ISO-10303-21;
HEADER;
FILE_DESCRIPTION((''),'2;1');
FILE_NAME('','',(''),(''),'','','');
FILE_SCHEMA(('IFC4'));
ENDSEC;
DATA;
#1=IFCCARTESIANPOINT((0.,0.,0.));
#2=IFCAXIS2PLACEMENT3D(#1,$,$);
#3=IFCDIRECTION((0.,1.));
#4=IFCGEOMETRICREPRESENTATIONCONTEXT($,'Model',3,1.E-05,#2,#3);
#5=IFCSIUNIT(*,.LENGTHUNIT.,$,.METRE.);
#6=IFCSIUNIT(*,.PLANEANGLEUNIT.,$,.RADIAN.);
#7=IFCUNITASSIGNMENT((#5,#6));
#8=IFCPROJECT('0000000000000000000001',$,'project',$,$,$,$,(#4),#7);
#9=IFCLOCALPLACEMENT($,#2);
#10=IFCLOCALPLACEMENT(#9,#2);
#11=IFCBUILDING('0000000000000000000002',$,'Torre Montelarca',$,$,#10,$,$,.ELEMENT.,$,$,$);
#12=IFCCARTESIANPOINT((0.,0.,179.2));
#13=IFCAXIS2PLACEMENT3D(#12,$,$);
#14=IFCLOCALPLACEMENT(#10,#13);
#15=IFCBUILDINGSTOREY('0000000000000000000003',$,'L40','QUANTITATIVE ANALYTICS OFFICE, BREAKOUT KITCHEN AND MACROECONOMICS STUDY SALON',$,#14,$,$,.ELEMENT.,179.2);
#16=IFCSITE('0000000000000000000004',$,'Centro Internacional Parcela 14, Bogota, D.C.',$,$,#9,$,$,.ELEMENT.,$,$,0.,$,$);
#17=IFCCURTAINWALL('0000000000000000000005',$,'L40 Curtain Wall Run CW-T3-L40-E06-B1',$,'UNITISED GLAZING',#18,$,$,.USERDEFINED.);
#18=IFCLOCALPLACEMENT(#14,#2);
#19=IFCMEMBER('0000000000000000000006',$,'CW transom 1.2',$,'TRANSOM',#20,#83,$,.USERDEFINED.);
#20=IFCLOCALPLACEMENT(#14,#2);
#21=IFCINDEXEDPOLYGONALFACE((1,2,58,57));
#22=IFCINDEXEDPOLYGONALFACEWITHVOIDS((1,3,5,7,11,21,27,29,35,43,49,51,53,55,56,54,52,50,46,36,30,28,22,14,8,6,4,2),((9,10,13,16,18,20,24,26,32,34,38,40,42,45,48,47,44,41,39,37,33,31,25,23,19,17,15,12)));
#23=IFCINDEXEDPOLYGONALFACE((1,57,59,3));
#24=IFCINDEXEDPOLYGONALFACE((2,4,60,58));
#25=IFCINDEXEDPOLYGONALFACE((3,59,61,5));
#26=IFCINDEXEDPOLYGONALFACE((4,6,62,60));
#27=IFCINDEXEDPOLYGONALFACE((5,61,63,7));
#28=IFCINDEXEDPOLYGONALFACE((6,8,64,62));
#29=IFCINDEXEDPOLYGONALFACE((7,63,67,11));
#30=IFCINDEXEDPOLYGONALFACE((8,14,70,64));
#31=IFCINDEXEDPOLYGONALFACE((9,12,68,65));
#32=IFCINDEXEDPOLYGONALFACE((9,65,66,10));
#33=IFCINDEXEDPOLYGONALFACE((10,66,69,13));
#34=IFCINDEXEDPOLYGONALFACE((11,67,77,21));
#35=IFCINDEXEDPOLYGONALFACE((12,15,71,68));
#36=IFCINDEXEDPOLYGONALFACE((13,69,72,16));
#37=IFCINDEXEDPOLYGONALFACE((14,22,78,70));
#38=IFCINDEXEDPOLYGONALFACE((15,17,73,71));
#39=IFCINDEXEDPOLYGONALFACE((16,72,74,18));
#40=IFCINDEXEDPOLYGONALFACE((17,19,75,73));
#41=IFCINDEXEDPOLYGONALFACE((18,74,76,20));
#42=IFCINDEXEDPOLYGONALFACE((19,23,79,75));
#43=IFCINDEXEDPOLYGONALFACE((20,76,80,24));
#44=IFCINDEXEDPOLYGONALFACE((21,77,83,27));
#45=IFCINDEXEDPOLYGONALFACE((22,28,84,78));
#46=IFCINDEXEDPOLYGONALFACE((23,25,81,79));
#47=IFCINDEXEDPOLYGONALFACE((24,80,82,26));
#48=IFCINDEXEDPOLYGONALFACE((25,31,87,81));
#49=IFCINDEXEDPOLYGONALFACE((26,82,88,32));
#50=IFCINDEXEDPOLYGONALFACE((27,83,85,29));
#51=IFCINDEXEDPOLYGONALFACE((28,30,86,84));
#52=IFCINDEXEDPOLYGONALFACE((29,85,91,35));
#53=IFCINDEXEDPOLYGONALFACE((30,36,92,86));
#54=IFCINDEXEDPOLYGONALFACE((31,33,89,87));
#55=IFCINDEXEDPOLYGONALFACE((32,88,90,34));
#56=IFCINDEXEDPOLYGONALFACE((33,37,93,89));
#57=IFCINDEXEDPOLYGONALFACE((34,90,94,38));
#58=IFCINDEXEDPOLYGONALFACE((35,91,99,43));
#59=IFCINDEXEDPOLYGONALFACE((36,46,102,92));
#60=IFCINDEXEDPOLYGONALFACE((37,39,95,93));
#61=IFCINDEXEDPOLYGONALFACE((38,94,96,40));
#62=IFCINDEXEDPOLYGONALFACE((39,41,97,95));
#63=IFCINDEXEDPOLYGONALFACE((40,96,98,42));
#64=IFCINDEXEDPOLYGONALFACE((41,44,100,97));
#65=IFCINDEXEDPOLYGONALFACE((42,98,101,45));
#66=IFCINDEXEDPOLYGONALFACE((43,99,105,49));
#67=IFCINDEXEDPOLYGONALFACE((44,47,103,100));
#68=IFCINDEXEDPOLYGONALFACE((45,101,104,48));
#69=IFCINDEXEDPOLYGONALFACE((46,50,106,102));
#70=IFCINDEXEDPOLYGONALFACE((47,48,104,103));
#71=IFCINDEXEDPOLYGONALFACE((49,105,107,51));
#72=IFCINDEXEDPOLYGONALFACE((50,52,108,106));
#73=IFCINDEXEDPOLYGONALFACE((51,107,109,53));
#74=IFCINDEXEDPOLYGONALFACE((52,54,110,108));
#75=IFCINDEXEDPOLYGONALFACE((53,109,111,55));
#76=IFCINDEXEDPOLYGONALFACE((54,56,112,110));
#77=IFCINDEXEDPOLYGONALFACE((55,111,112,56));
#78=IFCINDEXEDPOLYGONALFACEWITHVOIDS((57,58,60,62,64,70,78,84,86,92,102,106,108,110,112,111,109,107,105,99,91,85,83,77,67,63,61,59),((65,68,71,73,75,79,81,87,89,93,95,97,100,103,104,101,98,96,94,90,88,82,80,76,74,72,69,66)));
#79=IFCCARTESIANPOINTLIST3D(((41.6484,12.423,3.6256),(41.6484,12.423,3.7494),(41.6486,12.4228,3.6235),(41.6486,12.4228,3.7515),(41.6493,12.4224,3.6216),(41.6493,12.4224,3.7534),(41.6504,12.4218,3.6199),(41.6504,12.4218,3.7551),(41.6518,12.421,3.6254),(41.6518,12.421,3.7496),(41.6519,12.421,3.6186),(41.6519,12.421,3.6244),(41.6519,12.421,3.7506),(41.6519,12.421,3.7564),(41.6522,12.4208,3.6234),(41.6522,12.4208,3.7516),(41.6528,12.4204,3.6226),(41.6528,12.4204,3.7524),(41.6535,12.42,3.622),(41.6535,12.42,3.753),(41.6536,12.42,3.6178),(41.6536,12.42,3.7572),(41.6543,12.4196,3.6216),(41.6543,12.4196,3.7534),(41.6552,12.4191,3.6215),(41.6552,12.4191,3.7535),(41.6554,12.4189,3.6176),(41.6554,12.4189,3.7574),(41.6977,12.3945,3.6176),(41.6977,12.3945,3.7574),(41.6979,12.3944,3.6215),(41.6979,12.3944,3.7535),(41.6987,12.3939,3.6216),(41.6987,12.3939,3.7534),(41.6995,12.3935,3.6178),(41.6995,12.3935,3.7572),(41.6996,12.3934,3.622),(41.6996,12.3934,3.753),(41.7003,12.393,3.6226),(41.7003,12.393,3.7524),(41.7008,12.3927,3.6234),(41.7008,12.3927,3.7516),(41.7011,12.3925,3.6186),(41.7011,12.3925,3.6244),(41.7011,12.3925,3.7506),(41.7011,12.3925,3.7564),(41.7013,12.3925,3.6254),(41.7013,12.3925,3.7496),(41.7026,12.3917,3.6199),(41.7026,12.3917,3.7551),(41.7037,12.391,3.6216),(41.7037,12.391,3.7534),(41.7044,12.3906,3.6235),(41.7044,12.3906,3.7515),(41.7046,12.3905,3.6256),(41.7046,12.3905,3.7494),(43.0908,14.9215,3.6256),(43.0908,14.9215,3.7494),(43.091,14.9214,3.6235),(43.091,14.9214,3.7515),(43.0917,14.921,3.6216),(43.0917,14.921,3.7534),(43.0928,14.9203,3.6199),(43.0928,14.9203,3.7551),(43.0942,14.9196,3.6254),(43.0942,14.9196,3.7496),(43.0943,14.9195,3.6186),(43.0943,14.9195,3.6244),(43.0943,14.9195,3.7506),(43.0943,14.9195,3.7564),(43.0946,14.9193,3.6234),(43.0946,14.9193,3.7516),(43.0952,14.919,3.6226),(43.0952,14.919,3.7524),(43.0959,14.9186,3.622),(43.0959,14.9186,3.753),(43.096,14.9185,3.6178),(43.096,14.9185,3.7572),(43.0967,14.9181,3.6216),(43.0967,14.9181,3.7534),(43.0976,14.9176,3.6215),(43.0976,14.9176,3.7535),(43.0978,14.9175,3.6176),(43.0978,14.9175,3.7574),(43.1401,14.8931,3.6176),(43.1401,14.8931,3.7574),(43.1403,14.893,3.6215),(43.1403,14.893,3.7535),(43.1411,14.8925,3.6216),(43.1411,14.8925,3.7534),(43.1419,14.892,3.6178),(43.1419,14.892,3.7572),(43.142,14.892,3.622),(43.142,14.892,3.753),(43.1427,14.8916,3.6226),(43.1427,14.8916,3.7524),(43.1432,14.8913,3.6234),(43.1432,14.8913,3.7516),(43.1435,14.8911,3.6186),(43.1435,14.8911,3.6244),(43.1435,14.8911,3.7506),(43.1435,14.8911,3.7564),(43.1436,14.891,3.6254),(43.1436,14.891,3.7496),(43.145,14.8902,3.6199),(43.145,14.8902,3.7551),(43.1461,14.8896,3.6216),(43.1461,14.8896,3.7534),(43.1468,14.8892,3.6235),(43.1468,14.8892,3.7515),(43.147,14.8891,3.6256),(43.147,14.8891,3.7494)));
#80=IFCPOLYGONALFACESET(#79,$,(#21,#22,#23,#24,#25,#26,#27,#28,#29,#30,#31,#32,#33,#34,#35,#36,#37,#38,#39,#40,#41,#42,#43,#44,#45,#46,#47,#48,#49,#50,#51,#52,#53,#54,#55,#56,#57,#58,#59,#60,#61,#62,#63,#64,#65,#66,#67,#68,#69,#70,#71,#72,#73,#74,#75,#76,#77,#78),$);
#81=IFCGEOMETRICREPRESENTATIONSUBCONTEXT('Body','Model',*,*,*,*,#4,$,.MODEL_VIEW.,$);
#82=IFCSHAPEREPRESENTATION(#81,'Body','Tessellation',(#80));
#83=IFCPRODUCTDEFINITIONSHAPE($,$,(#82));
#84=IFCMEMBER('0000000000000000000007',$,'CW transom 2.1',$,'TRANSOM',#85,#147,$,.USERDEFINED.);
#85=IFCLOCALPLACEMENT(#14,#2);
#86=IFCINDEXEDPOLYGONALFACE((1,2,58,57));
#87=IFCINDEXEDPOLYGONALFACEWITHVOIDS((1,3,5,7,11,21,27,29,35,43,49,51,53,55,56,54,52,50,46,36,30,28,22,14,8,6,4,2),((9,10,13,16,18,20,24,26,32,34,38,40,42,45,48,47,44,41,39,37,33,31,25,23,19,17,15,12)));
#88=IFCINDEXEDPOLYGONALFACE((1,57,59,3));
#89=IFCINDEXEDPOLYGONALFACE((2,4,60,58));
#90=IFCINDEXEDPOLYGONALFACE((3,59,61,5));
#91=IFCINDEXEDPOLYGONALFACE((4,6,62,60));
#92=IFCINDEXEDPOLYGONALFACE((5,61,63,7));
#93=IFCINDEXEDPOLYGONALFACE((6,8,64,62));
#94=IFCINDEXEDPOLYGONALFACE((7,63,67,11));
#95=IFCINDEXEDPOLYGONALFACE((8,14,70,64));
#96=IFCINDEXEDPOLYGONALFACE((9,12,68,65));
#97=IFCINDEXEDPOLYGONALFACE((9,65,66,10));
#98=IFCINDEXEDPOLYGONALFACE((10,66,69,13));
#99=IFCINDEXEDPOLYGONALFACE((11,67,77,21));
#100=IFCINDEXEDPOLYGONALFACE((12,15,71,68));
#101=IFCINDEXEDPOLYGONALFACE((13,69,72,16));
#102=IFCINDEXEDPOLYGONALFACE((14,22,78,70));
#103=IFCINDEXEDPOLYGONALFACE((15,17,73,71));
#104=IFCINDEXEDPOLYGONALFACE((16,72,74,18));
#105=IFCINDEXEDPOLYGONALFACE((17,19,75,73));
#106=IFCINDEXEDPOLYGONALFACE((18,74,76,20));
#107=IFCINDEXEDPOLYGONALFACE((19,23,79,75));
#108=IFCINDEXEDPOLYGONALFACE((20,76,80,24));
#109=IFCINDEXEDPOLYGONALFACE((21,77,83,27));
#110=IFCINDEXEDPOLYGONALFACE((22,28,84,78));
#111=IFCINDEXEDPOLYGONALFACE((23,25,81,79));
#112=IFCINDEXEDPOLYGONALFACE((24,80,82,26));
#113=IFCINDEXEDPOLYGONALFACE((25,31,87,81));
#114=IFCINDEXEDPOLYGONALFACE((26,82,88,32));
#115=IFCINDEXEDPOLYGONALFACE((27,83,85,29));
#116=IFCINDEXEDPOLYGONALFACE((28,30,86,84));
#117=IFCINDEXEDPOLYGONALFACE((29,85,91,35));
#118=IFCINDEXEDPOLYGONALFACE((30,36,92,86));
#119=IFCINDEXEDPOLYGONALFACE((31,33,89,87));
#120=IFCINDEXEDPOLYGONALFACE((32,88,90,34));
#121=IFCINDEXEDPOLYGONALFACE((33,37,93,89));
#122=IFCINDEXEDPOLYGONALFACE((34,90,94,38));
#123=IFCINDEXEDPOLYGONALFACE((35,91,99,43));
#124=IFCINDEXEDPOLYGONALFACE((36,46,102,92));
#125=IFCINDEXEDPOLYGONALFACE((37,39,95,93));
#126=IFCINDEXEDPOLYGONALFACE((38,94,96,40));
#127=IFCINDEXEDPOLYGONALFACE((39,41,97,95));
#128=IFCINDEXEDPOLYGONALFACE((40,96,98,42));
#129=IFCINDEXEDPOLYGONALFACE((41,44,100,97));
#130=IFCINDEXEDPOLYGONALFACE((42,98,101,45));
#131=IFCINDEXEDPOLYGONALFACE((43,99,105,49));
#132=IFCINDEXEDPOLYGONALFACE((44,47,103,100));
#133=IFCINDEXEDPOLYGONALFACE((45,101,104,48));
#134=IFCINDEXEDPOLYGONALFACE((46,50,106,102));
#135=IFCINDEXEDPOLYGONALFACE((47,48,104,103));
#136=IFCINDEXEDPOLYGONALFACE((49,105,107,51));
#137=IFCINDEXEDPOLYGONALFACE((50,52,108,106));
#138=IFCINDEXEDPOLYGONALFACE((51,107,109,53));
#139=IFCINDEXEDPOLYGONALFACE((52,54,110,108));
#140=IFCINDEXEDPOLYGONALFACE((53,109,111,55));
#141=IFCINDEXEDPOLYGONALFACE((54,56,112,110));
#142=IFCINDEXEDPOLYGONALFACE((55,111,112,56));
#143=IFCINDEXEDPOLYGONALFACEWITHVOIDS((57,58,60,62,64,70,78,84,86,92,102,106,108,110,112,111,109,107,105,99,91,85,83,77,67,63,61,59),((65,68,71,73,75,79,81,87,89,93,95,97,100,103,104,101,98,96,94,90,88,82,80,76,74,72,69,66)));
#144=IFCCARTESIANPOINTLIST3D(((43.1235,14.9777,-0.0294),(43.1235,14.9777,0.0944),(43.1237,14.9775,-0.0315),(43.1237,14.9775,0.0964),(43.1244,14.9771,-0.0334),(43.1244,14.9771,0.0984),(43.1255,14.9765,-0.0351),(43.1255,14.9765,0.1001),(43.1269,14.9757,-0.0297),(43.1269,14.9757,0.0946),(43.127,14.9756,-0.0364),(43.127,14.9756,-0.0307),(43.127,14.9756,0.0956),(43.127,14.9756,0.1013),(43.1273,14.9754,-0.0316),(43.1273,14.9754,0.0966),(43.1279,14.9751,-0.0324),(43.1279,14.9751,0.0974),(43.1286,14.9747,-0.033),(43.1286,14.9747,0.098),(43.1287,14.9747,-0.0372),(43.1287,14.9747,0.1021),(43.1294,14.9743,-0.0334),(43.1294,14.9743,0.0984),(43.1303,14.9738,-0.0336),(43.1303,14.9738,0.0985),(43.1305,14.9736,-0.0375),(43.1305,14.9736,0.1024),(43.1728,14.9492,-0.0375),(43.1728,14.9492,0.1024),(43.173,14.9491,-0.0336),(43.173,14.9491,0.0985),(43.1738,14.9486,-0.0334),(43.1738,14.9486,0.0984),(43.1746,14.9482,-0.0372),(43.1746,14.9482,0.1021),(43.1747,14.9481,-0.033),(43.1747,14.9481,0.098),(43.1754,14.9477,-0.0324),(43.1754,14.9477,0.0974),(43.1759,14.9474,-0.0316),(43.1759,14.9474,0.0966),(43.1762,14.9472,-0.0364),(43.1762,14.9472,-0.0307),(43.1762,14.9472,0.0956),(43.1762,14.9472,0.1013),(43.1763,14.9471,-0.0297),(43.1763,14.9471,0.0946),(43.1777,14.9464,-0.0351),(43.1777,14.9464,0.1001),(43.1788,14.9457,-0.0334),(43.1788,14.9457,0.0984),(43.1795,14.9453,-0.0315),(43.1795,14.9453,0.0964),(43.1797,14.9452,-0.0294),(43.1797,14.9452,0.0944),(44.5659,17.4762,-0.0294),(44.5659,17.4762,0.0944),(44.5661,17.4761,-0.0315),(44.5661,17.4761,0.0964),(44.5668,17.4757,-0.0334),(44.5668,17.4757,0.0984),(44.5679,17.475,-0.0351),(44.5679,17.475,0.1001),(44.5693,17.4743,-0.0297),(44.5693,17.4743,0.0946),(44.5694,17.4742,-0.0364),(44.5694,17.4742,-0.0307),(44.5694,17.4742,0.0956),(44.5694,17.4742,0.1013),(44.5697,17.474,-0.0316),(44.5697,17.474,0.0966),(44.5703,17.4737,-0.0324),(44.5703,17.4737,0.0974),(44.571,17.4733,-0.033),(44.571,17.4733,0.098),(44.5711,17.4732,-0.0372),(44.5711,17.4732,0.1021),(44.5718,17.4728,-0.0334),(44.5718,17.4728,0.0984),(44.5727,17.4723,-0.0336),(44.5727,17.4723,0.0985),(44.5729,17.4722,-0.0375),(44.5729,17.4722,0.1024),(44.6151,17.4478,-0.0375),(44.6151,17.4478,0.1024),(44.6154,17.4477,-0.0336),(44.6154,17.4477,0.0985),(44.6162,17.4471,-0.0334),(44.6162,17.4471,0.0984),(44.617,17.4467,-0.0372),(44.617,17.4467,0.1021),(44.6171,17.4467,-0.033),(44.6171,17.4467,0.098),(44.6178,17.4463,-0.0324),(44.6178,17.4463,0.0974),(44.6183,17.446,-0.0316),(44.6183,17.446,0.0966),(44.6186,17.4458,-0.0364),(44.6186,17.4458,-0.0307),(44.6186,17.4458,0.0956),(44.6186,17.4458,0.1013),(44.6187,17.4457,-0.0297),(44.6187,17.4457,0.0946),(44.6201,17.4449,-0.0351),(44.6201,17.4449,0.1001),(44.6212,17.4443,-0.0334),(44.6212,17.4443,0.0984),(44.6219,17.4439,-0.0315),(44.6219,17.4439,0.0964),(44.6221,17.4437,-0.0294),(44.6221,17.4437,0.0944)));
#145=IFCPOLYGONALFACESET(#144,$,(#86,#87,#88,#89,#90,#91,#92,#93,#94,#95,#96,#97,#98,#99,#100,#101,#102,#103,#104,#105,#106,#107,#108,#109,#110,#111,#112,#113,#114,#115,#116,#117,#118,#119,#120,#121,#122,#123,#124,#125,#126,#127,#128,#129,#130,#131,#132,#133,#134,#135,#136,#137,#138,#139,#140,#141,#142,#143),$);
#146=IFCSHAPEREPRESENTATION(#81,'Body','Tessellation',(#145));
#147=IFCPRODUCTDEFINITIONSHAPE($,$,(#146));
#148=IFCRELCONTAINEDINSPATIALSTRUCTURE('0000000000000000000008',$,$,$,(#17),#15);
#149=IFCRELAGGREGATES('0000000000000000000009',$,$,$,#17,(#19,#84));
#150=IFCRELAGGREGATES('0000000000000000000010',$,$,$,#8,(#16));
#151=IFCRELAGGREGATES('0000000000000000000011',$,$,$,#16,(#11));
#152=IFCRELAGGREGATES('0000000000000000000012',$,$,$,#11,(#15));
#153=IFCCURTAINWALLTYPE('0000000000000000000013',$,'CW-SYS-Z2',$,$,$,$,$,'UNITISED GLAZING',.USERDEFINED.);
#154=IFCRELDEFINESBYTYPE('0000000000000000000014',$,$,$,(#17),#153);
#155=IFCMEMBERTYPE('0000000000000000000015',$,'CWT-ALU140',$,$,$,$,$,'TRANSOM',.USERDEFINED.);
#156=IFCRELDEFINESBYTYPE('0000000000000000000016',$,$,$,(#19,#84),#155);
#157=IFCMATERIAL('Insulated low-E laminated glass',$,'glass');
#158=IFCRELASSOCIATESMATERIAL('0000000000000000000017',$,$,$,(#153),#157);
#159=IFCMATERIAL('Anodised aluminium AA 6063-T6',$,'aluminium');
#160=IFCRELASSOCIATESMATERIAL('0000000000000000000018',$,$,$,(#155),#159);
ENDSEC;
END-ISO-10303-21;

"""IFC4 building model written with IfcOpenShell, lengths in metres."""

from ifc_helpers import new_model, si_unit, direction, frame, origin, origin_2d, place, context, subcontext, project, spatial, hollow_rectangle, extrude, source, transform, mapped, material, material_profile, profile_set, type_object, element, aggregate, save


model = new_model("IFC4")

# Units and contexts
model_context = context("Model", 3, precision=1e-05, world=origin(), true_north=direction((0.0, 1.0)))
body_context = subcontext(model_context, "Body", "Model", "MODEL_VIEW")
ifc_project = project(units=[si_unit("LENGTHUNIT", "METRE"), si_unit("PLANEANGLEUNIT", "RADIAN")], contexts=[model_context])

# Site, building, storey
site_placement = place(None, origin())
site = spatial("IfcSite", under=ifc_project, at=site_placement, Name="Centro Internacional Parcela 14, Bogota, D.C.", CompositionType="ELEMENT", RefElevation=0.0)
building_placement = place(site_placement, origin())
building = spatial("IfcBuilding", under=site, at=building_placement, Name="Torre Montelarca", CompositionType="ELEMENT")
storey_placement = place(building_placement, frame((0.0, 0.0, 179.2)))
storey = spatial("IfcBuildingStorey", under=building, at=storey_placement, Name="L40", Description="QUANTITATIVE ANALYTICS OFFICE, BREAKOUT KITCHEN AND MACROECONOMICS STUDY SALON", CompositionType="ELEMENT", Elevation=179.2)

# Curtain wall
ifc_material_1 = material(Name="Insulated low-E laminated glass", Category="glass")
curtain_wall_type = type_object("IfcCurtainWallType", Name="CW-SYS-Z2", ElementType="UNITISED GLAZING", PredefinedType="USERDEFINED", material=ifc_material_1)
ifc_material_2 = material(Name="Anodised aluminium AA 6063-T6", Category="aluminium")
ifc_material_profile_1 = material_profile(ifc_material_2, hollow_rectangle(XDim=0.0649, YDim=0.1399, WallThickness=0.0039, InnerFilletRadius=0.0039, OuterFilletRadius=0.0081, at=origin_2d()), Name="ALU65X140X4", Category="aluminium")
ifc_profile_set_1 = profile_set([ifc_material_profile_1], Name="Anodised aluminium AA 6063-T6")
member_type_1 = type_object("IfcMemberType", Name="CWT-ALU140", ElementType="TRANSOM", PredefinedType="USERDEFINED", material=ifc_profile_set_1)
curtain_wall_1_placement = place(storey_placement, origin())
curtain_wall_1 = element("IfcCurtainWall", 1, at=curtain_wall_1_placement, inside=storey, type_object=curtain_wall_type, Name="L40 Curtain Wall Run CW-T3-L40-E06-B1", ObjectType="UNITISED GLAZING", PredefinedType="USERDEFINED")

# Members
shared_shape_1 = source(origin(), body_context, "Body", "SweptSolid", [
    extrude(hollow_rectangle(XDim=0.0649, YDim=0.1399, WallThickness=0.0039, InnerFilletRadius=0.0039, OuterFilletRadius=0.0081, at=origin_2d()), origin(), (0.0, 0.0, 1.0), 2.885),
])
member_1_placement = place(storey_placement, frame((41.6765, 12.4067, 3.6875), z_axis=(0.499962, 0.866047, 0.0), x_axis=(-0.866047, 0.499962, 0.0)))
member_1 = element("IfcMember", 2, at=member_1_placement, type_object=member_type_1, Name="CW transom 1.2", ObjectType="TRANSOM", PredefinedType="USERDEFINED", context=body_context, shape_type="MappedRepresentation", body=[
    mapped(shared_shape_1, transform((0.0, 0.0, 0.0), scale=1.0)),
])
member_2_placement = place(storey_placement, frame((43.1516, 14.9614, 0.0325), z_axis=(0.499962, 0.866047, 0.0), x_axis=(-0.866047, 0.499962, 0.0)))
member_2 = element("IfcMember", 3, at=member_2_placement, type_object=member_type_1, Name="CW transom 2.1", ObjectType="TRANSOM", PredefinedType="USERDEFINED", context=body_context, shape_type="MappedRepresentation", body=[
    mapped(shared_shape_1, transform((0.0, 0.0, 0.0), scale=1.0)),
])

aggregate(curtain_wall_1, [member_1, member_2])

save(model, "model.ifc")
